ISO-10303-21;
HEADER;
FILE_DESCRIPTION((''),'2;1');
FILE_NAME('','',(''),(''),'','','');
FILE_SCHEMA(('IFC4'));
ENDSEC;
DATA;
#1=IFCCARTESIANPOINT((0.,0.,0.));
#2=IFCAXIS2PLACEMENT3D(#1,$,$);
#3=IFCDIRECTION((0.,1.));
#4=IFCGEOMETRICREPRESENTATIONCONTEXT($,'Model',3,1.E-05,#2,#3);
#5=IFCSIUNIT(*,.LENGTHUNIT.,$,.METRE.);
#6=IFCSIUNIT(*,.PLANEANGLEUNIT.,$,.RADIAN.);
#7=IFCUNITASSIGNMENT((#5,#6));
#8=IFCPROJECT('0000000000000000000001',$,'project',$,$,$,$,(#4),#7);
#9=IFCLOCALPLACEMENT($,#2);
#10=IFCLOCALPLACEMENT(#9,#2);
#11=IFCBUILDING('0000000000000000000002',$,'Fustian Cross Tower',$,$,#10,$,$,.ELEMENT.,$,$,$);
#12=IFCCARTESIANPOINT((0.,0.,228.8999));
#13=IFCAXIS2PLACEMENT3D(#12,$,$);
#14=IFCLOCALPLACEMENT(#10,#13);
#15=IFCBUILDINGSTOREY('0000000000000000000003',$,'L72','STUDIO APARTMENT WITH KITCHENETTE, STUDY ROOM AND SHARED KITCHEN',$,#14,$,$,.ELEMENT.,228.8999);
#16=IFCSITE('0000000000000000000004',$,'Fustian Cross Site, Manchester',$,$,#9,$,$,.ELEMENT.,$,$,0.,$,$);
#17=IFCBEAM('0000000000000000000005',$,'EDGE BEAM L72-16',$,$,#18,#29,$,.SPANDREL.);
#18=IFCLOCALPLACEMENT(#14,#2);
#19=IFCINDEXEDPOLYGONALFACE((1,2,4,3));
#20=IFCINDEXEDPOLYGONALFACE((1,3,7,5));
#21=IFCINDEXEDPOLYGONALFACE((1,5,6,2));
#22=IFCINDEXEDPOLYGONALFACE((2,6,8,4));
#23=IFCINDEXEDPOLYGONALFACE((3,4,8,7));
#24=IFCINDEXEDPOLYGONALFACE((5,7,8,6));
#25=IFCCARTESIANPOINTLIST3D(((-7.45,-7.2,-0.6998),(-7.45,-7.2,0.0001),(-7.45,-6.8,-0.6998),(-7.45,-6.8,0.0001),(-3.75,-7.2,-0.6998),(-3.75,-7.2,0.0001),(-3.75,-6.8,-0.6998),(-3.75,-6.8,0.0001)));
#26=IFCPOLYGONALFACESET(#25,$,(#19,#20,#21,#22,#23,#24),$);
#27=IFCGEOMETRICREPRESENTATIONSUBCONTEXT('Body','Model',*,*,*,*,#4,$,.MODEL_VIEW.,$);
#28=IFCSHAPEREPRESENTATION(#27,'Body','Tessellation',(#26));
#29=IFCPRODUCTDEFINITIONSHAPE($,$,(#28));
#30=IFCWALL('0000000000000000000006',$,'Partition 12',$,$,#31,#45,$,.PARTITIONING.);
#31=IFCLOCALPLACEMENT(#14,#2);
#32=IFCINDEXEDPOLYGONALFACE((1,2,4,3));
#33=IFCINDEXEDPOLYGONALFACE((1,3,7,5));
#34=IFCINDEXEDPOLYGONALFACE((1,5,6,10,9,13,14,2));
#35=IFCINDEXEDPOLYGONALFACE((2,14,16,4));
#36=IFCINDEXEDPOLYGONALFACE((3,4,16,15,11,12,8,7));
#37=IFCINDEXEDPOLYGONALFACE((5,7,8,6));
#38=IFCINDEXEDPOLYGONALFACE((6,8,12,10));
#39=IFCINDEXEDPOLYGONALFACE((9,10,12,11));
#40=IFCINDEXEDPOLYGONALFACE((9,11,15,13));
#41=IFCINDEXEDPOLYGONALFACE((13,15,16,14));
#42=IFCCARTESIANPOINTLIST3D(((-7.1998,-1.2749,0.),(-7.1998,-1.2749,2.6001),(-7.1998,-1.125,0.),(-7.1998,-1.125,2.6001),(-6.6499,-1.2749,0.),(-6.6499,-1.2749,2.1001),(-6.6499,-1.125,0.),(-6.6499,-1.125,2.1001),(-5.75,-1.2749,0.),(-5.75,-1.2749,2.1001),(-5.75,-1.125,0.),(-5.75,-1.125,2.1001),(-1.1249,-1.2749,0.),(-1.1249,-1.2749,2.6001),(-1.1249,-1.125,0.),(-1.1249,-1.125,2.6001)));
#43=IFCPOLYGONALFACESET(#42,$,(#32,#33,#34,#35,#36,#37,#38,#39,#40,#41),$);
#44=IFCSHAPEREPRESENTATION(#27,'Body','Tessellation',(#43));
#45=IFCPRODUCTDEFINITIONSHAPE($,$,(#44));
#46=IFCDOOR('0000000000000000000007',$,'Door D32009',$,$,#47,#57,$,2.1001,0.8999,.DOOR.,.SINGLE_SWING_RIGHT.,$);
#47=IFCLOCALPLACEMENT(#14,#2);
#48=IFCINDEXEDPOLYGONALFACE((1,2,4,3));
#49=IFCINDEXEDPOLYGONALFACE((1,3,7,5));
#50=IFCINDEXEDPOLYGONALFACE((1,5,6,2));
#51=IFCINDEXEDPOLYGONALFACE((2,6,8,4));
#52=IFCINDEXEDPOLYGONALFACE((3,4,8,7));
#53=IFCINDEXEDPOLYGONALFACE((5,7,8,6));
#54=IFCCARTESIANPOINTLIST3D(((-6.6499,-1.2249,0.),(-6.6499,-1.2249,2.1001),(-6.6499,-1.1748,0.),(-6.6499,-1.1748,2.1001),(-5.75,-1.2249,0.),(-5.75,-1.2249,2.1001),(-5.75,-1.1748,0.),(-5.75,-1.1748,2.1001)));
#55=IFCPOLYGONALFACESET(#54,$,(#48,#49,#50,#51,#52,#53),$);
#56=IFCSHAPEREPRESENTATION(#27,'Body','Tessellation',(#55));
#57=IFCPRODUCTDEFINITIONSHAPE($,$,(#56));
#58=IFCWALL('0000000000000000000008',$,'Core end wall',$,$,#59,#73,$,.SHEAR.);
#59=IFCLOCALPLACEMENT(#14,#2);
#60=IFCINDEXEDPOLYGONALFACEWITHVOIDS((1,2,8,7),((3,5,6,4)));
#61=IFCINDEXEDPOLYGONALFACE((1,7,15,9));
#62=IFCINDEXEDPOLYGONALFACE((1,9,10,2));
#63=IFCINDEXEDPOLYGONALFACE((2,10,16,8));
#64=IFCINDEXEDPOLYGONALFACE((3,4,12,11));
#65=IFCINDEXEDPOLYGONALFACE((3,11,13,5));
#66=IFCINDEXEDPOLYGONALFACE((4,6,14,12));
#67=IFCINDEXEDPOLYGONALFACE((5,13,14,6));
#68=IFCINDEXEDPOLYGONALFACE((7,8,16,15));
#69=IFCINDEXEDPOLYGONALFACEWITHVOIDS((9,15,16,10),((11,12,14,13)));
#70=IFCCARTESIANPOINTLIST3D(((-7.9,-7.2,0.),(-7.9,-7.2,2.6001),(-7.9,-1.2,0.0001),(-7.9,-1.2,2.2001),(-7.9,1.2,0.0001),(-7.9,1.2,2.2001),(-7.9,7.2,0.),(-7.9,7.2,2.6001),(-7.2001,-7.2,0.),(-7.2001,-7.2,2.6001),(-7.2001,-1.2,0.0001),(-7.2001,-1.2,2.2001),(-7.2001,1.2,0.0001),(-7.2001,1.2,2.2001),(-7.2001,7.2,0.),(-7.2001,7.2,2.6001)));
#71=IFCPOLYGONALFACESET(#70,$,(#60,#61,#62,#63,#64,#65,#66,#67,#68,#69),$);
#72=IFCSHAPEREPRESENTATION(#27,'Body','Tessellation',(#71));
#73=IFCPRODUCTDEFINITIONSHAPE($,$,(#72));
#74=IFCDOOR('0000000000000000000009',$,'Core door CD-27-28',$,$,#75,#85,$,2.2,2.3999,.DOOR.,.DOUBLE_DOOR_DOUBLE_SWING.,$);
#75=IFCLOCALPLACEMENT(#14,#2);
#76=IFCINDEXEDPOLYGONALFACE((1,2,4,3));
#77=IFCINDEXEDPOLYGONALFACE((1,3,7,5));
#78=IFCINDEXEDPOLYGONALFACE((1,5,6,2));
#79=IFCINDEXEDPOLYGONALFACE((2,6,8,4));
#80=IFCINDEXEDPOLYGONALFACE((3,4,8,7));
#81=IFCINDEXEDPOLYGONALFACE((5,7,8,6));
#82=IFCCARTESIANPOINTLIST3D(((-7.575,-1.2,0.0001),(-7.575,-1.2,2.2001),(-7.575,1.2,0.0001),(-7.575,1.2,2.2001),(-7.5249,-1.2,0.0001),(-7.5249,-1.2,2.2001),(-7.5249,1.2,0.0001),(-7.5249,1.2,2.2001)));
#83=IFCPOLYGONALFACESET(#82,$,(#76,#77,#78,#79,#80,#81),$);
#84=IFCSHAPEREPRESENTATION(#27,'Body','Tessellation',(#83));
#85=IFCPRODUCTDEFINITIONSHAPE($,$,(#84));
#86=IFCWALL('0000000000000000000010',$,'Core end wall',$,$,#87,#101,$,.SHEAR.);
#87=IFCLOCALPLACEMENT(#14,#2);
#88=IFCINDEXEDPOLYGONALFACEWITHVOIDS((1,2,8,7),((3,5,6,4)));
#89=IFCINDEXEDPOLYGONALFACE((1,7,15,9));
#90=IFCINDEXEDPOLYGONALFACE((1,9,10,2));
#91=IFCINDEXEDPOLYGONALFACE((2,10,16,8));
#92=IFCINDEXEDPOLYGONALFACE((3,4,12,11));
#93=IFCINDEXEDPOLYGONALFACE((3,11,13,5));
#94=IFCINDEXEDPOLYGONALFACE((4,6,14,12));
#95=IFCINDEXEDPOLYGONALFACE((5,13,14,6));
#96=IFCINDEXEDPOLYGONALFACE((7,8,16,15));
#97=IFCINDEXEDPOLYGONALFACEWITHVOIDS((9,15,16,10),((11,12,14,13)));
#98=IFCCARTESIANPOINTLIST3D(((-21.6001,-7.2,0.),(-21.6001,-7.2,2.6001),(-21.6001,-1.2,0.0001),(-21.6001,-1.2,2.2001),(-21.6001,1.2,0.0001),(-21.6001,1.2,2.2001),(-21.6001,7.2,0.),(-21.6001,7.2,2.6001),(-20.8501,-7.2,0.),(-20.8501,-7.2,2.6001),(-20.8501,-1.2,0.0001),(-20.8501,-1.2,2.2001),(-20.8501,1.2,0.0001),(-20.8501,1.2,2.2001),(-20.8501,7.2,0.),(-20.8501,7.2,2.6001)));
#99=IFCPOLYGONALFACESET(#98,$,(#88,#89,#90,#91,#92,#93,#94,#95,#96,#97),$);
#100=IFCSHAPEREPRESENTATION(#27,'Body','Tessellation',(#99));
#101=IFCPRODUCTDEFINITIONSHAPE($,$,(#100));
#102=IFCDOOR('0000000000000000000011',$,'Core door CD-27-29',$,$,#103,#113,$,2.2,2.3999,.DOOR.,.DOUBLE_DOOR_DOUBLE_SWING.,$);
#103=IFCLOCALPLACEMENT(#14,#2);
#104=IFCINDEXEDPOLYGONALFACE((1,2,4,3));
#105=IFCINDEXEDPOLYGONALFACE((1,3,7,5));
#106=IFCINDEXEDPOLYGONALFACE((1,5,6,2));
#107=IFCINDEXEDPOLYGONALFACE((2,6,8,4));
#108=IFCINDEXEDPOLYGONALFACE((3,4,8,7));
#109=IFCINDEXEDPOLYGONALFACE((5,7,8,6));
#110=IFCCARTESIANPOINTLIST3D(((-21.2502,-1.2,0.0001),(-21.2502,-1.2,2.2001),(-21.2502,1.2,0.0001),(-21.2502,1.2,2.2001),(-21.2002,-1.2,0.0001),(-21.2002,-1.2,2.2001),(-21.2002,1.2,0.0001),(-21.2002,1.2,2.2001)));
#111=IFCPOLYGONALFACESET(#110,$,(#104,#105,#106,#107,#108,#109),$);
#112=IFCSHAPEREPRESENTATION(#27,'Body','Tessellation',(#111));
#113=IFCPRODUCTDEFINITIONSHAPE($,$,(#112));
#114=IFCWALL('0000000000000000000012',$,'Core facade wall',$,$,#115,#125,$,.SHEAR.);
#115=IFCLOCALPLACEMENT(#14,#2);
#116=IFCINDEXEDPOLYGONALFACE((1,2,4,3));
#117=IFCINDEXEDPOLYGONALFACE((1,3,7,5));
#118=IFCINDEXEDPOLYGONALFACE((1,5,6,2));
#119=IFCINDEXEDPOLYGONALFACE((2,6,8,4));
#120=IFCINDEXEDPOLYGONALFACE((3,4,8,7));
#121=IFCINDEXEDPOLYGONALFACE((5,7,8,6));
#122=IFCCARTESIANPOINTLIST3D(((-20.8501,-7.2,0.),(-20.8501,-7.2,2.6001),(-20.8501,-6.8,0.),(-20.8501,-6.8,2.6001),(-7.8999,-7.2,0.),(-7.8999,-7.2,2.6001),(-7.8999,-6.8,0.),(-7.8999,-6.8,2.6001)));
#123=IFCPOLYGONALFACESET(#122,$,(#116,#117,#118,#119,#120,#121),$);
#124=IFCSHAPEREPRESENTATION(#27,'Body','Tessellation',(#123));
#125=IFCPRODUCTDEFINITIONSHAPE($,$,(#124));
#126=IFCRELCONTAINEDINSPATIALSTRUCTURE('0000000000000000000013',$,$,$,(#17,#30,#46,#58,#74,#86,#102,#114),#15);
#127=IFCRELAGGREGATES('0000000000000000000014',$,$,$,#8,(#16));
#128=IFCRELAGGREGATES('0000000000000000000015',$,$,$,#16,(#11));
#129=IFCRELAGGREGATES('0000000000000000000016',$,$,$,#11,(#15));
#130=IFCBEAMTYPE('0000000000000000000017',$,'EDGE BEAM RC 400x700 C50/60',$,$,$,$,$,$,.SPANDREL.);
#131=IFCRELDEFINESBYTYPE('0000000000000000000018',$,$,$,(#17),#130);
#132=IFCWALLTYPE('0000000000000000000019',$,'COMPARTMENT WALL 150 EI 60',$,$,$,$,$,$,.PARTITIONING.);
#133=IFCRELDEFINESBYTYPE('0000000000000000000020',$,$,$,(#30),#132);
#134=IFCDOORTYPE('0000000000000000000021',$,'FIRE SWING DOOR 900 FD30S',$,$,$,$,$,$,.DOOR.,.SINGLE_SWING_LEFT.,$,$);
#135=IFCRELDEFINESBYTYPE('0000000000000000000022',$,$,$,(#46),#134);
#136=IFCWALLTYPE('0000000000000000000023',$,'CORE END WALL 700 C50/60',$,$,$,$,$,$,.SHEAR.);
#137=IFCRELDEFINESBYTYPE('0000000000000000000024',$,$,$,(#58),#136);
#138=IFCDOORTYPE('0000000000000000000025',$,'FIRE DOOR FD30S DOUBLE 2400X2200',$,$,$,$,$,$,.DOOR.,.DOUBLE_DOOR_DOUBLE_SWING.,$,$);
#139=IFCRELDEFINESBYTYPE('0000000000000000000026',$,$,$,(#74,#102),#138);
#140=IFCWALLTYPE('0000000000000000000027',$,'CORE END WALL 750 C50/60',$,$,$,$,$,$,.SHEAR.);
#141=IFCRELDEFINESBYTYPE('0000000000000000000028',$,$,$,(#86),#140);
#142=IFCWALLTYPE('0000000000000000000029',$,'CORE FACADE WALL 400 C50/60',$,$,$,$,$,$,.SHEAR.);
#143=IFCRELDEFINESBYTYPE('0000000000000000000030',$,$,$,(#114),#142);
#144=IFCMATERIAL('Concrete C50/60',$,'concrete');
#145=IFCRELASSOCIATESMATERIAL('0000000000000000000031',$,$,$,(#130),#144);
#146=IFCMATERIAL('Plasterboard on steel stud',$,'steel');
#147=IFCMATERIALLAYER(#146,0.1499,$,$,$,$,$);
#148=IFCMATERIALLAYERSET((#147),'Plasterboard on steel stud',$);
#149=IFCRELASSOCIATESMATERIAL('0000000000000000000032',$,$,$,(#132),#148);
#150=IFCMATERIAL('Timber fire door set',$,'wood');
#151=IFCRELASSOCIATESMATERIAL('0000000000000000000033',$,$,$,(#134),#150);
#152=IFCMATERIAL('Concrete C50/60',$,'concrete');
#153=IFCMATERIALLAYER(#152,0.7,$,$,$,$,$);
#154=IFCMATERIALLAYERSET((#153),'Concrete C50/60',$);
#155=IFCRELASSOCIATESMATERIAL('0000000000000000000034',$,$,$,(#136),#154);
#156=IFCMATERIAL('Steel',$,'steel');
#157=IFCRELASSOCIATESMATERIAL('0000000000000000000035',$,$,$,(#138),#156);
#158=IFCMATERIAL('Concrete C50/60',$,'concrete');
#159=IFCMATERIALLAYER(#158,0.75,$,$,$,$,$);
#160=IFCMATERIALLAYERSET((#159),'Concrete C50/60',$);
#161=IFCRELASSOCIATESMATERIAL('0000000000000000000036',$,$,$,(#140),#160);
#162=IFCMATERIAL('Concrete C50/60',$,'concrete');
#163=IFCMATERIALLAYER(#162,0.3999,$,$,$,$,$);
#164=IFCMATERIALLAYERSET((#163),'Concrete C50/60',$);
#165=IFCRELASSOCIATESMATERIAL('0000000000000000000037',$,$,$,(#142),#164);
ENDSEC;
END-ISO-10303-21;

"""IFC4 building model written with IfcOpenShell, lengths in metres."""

from ifc_helpers import new_model, si_unit, direction, frame, frame_2d, origin, origin_2d, place, context, subcontext, project, spatial, rectangle, extrude, material, layer, layer_set, material_profile, profile_set, type_object, element, fill, save


model = new_model("IFC4")

# Units and contexts
model_context = context("Model", 3, precision=1e-05, world=origin(), true_north=direction((0.0, 1.0)))
body_context = subcontext(model_context, "Body", "Model", "MODEL_VIEW")
ifc_project = project(units=[si_unit("LENGTHUNIT", "METRE"), si_unit("PLANEANGLEUNIT", "RADIAN")], contexts=[model_context])

# Site, building, storey
site_placement = place(None, origin())
site = spatial("IfcSite", under=ifc_project, at=site_placement, Name="Fustian Cross Site, Manchester", CompositionType="ELEMENT", RefElevation=0.0)
building_placement = place(site_placement, origin())
building = spatial("IfcBuilding", under=site, at=building_placement, Name="Fustian Cross Tower", CompositionType="ELEMENT")
storey_placement = place(building_placement, frame((0.0, 0.0, 228.8999)))
storey = spatial("IfcBuildingStorey", under=building, at=storey_placement, Name="L72", Description="STUDIO APARTMENT WITH KITCHENETTE, STUDY ROOM AND SHARED KITCHEN", CompositionType="ELEMENT", Elevation=228.8999)

# Beam
ifc_material_1 = material(Name="Concrete C50/60", Category="concrete")
ifc_material_profile = material_profile(ifc_material_1, rectangle(XDim=0.3999, YDim=0.7, at=origin_2d()), Name="RC 400x700")
ifc_profile_set = profile_set([ifc_material_profile], Name="Concrete C50/60")
beam_type = type_object("IfcBeamType", Name="EDGE BEAM RC 400x700 C50/60", PredefinedType="SPANDREL", material=ifc_profile_set)
beam_placement = place(storey_placement, frame((-7.45, -7.0, -0.3499), z_axis=(1.0, 0.0, 0.0), x_axis=(0.0, 1.0, 0.0)))
element("IfcBeam", 1, at=beam_placement, inside=storey, type_object=beam_type, Name="EDGE BEAM L72-16", PredefinedType="SPANDREL", context=body_context, shape_type="SweptSolid", body=[
    extrude(rectangle(XDim=0.3999, YDim=0.7, at=origin_2d()), origin(), (0.0, 0.0, 1.0), 3.7),
])

# Walls, openings, doors
ifc_material_2 = material(Name="Plasterboard on steel stud", Category="steel")
ifc_layer_1 = layer(ifc_material_2, 0.1499)
ifc_layer_set_1 = layer_set([ifc_layer_1], Name="Plasterboard on steel stud")
wall_type_1 = type_object("IfcWallType", Name="COMPARTMENT WALL 150 EI 60", PredefinedType="PARTITIONING", material=ifc_layer_set_1)
wall_1_placement = place(storey_placement, frame((-7.2, -1.2, 0.0), z_axis=(0.0, 0.0, 1.0), x_axis=(1.0, 0.0, 0.0)))
wall_1 = element("IfcWall", 2, at=wall_1_placement, inside=storey, type_object=wall_type_1, Name="Partition 12", PredefinedType="PARTITIONING", context=body_context, shape_type="SweptSolid", body=[
    extrude(rectangle(XDim=6.075, YDim=0.1499, at=frame_2d((3.0376, 0.0))), origin(), (0.0, 0.0, 1.0), 2.6001),
])
opening_1_placement = place(wall_1_placement, frame((0.55, 0.0, 0.0)))
opening_1 = element("IfcOpeningElement", 3, at=opening_1_placement, cuts=wall_1, PredefinedType="OPENING", context=body_context, shape_type="SweptSolid", body=[
    extrude(rectangle(XDim=0.8999, YDim=2.1001, at=frame_2d((0.45, 1.05))), frame((0.0, 0.085, 0.0), z_axis=(0.0, -1.0, 0.0), x_axis=(1.0, 0.0, 0.0)), (0.0, 0.0, 1.0), 0.1699),
])
ifc_material_3 = material(Name="Timber fire door set", Category="wood")
door_type_1 = type_object("IfcDoorType", Name="FIRE SWING DOOR 900 FD30S", OperationType="SINGLE_SWING_LEFT", PredefinedType="DOOR", material=ifc_material_3)
door_1_placement = place(opening_1_placement, frame((0.8999, 0.0, 0.0), z_axis=(0.0, 0.0, 1.0), x_axis=(-1.0, 0.0, 0.0)))
door_1 = element("IfcDoor", 4, at=door_1_placement, inside=storey, type_object=door_type_1, Name="Door D32009", OperationType="SINGLE_SWING_RIGHT", OverallHeight=2.1001, OverallWidth=0.8999, PredefinedType="DOOR", context=body_context, shape_type="SweptSolid", body=[
    extrude(rectangle(XDim=0.8999, YDim=2.1001, at=frame_2d((0.45, 1.05))), frame((0.0, 0.0249, 0.0), z_axis=(0.0, -1.0, 0.0), x_axis=(1.0, 0.0, 0.0)), (0.0, 0.0, 1.0), 0.05),
])
fill(opening_1, door_1)
ifc_material_4 = material(Name="Concrete C50/60", Category="concrete")
ifc_layer_2 = layer(ifc_material_4, 0.7)
ifc_layer_set_2 = layer_set([ifc_layer_2], Name="Concrete C50/60")
wall_type_2 = type_object("IfcWallType", Name="CORE END WALL 700 C50/60", PredefinedType="SHEAR", material=ifc_layer_set_2)
wall_2_placement = place(storey_placement, frame((-7.55, -7.2, 0.0), z_axis=(0.0, 0.0, 1.0), x_axis=(0.0, 1.0, 0.0)))
wall_2 = element("IfcWall", 5, at=wall_2_placement, inside=storey, type_object=wall_type_2, Name="Core end wall", PredefinedType="SHEAR", context=body_context, shape_type="SweptSolid", body=[
    extrude(rectangle(XDim=14.3999, YDim=0.7, at=frame_2d((7.2, 0.0))), origin(), (0.0, 0.0, 1.0), 2.6001),
])
opening_2_placement = place(wall_2_placement, frame((6.0, 0.0, 0.0)))
opening_2 = element("IfcOpeningElement", 6, at=opening_2_placement, cuts=wall_2, PredefinedType="OPENING", context=body_context, shape_type="SweptSolid", body=[
    extrude(rectangle(XDim=2.3999, YDim=2.2, at=frame_2d((1.2, 1.1001))), frame((0.0, 0.3599, 0.0), z_axis=(0.0, -1.0, 0.0), x_axis=(1.0, 0.0, 0.0)), (0.0, 0.0, 1.0), 0.72),
])
ifc_material_5 = material(Name="Steel", Category="steel")
door_type_2 = type_object("IfcDoorType", Name="FIRE DOOR FD30S DOUBLE 2400X2200", OperationType="DOUBLE_DOOR_DOUBLE_SWING", PredefinedType="DOOR", material=ifc_material_5)
door_2_placement = place(opening_2_placement, origin())
door_2 = element("IfcDoor", 7, at=door_2_placement, inside=storey, type_object=door_type_2, Name="Core door CD-27-28", OperationType="DOUBLE_DOOR_DOUBLE_SWING", OverallHeight=2.2, OverallWidth=2.3999, PredefinedType="DOOR", context=body_context, shape_type="SweptSolid", body=[
    extrude(rectangle(XDim=2.3999, YDim=2.2, at=frame_2d((1.2, 1.1001))), frame((0.0, 0.0249, 0.0), z_axis=(0.0, -1.0, 0.0), x_axis=(1.0, 0.0, 0.0)), (0.0, 0.0, 1.0), 0.05),
])
fill(opening_2, door_2)
ifc_material_6 = material(Name="Concrete C50/60", Category="concrete")
ifc_layer_3 = layer(ifc_material_6, 0.75)
ifc_layer_set_3 = layer_set([ifc_layer_3], Name="Concrete C50/60")
wall_type_3 = type_object("IfcWallType", Name="CORE END WALL 750 C50/60", PredefinedType="SHEAR", material=ifc_layer_set_3)
wall_3_placement = place(storey_placement, frame((-21.2251, -7.2, 0.0), z_axis=(0.0, 0.0, 1.0), x_axis=(0.0, 1.0, 0.0)))
wall_3 = element("IfcWall", 8, at=wall_3_placement, inside=storey, type_object=wall_type_3, Name="Core end wall", PredefinedType="SHEAR", context=body_context, shape_type="SweptSolid", body=[
    extrude(rectangle(XDim=14.3999, YDim=0.75, at=frame_2d((7.2, 0.0))), origin(), (0.0, 0.0, 1.0), 2.6001),
])
opening_3_placement = place(wall_3_placement, frame((6.0, 0.0, 0.0)))
opening_3 = element("IfcOpeningElement", 9, at=opening_3_placement, cuts=wall_3, PredefinedType="OPENING", context=body_context, shape_type="SweptSolid", body=[
    extrude(rectangle(XDim=2.3999, YDim=2.2, at=frame_2d((1.2, 1.1001))), frame((0.0, 0.385, 0.0), z_axis=(0.0, -1.0, 0.0), x_axis=(1.0, 0.0, 0.0)), (0.0, 0.0, 1.0), 0.77),
])
door_3_placement = place(opening_3_placement, frame((2.3999, 0.0, 0.0), z_axis=(0.0, 0.0, 1.0), x_axis=(-1.0, 0.0, 0.0)))
door_3 = element("IfcDoor", 10, at=door_3_placement, inside=storey, type_object=door_type_2, Name="Core door CD-27-29", OperationType="DOUBLE_DOOR_DOUBLE_SWING", OverallHeight=2.2, OverallWidth=2.3999, PredefinedType="DOOR", context=body_context, shape_type="SweptSolid", body=[
    extrude(rectangle(XDim=2.3999, YDim=2.2, at=frame_2d((1.2, 1.1001))), frame((0.0, 0.0249, 0.0), z_axis=(0.0, -1.0, 0.0), x_axis=(1.0, 0.0, 0.0)), (0.0, 0.0, 1.0), 0.05),
])
fill(opening_3, door_3)

# Wall
ifc_material_7 = material(Name="Concrete C50/60", Category="concrete")
ifc_layer_4 = layer(ifc_material_7, 0.3999)
ifc_layer_set_4 = layer_set([ifc_layer_4], Name="Concrete C50/60")
wall_type_4 = type_object("IfcWallType", Name="CORE FACADE WALL 400 C50/60", PredefinedType="SHEAR", material=ifc_layer_set_4)
wall_4_placement = place(storey_placement, frame((-7.8999, -7.0, 0.0), z_axis=(0.0, 0.0, 1.0), x_axis=(-1.0, 0.0, 0.0)))
element("IfcWall", 11, at=wall_4_placement, inside=storey, type_object=wall_type_4, Name="Core facade wall", PredefinedType="SHEAR", context=body_context, shape_type="SweptSolid", body=[
    extrude(rectangle(XDim=12.9502, YDim=0.3999, at=frame_2d((6.4751, 0.0))), origin(), (0.0, 0.0, 1.0), 2.6001),
])

save(model, "model.ifc")
